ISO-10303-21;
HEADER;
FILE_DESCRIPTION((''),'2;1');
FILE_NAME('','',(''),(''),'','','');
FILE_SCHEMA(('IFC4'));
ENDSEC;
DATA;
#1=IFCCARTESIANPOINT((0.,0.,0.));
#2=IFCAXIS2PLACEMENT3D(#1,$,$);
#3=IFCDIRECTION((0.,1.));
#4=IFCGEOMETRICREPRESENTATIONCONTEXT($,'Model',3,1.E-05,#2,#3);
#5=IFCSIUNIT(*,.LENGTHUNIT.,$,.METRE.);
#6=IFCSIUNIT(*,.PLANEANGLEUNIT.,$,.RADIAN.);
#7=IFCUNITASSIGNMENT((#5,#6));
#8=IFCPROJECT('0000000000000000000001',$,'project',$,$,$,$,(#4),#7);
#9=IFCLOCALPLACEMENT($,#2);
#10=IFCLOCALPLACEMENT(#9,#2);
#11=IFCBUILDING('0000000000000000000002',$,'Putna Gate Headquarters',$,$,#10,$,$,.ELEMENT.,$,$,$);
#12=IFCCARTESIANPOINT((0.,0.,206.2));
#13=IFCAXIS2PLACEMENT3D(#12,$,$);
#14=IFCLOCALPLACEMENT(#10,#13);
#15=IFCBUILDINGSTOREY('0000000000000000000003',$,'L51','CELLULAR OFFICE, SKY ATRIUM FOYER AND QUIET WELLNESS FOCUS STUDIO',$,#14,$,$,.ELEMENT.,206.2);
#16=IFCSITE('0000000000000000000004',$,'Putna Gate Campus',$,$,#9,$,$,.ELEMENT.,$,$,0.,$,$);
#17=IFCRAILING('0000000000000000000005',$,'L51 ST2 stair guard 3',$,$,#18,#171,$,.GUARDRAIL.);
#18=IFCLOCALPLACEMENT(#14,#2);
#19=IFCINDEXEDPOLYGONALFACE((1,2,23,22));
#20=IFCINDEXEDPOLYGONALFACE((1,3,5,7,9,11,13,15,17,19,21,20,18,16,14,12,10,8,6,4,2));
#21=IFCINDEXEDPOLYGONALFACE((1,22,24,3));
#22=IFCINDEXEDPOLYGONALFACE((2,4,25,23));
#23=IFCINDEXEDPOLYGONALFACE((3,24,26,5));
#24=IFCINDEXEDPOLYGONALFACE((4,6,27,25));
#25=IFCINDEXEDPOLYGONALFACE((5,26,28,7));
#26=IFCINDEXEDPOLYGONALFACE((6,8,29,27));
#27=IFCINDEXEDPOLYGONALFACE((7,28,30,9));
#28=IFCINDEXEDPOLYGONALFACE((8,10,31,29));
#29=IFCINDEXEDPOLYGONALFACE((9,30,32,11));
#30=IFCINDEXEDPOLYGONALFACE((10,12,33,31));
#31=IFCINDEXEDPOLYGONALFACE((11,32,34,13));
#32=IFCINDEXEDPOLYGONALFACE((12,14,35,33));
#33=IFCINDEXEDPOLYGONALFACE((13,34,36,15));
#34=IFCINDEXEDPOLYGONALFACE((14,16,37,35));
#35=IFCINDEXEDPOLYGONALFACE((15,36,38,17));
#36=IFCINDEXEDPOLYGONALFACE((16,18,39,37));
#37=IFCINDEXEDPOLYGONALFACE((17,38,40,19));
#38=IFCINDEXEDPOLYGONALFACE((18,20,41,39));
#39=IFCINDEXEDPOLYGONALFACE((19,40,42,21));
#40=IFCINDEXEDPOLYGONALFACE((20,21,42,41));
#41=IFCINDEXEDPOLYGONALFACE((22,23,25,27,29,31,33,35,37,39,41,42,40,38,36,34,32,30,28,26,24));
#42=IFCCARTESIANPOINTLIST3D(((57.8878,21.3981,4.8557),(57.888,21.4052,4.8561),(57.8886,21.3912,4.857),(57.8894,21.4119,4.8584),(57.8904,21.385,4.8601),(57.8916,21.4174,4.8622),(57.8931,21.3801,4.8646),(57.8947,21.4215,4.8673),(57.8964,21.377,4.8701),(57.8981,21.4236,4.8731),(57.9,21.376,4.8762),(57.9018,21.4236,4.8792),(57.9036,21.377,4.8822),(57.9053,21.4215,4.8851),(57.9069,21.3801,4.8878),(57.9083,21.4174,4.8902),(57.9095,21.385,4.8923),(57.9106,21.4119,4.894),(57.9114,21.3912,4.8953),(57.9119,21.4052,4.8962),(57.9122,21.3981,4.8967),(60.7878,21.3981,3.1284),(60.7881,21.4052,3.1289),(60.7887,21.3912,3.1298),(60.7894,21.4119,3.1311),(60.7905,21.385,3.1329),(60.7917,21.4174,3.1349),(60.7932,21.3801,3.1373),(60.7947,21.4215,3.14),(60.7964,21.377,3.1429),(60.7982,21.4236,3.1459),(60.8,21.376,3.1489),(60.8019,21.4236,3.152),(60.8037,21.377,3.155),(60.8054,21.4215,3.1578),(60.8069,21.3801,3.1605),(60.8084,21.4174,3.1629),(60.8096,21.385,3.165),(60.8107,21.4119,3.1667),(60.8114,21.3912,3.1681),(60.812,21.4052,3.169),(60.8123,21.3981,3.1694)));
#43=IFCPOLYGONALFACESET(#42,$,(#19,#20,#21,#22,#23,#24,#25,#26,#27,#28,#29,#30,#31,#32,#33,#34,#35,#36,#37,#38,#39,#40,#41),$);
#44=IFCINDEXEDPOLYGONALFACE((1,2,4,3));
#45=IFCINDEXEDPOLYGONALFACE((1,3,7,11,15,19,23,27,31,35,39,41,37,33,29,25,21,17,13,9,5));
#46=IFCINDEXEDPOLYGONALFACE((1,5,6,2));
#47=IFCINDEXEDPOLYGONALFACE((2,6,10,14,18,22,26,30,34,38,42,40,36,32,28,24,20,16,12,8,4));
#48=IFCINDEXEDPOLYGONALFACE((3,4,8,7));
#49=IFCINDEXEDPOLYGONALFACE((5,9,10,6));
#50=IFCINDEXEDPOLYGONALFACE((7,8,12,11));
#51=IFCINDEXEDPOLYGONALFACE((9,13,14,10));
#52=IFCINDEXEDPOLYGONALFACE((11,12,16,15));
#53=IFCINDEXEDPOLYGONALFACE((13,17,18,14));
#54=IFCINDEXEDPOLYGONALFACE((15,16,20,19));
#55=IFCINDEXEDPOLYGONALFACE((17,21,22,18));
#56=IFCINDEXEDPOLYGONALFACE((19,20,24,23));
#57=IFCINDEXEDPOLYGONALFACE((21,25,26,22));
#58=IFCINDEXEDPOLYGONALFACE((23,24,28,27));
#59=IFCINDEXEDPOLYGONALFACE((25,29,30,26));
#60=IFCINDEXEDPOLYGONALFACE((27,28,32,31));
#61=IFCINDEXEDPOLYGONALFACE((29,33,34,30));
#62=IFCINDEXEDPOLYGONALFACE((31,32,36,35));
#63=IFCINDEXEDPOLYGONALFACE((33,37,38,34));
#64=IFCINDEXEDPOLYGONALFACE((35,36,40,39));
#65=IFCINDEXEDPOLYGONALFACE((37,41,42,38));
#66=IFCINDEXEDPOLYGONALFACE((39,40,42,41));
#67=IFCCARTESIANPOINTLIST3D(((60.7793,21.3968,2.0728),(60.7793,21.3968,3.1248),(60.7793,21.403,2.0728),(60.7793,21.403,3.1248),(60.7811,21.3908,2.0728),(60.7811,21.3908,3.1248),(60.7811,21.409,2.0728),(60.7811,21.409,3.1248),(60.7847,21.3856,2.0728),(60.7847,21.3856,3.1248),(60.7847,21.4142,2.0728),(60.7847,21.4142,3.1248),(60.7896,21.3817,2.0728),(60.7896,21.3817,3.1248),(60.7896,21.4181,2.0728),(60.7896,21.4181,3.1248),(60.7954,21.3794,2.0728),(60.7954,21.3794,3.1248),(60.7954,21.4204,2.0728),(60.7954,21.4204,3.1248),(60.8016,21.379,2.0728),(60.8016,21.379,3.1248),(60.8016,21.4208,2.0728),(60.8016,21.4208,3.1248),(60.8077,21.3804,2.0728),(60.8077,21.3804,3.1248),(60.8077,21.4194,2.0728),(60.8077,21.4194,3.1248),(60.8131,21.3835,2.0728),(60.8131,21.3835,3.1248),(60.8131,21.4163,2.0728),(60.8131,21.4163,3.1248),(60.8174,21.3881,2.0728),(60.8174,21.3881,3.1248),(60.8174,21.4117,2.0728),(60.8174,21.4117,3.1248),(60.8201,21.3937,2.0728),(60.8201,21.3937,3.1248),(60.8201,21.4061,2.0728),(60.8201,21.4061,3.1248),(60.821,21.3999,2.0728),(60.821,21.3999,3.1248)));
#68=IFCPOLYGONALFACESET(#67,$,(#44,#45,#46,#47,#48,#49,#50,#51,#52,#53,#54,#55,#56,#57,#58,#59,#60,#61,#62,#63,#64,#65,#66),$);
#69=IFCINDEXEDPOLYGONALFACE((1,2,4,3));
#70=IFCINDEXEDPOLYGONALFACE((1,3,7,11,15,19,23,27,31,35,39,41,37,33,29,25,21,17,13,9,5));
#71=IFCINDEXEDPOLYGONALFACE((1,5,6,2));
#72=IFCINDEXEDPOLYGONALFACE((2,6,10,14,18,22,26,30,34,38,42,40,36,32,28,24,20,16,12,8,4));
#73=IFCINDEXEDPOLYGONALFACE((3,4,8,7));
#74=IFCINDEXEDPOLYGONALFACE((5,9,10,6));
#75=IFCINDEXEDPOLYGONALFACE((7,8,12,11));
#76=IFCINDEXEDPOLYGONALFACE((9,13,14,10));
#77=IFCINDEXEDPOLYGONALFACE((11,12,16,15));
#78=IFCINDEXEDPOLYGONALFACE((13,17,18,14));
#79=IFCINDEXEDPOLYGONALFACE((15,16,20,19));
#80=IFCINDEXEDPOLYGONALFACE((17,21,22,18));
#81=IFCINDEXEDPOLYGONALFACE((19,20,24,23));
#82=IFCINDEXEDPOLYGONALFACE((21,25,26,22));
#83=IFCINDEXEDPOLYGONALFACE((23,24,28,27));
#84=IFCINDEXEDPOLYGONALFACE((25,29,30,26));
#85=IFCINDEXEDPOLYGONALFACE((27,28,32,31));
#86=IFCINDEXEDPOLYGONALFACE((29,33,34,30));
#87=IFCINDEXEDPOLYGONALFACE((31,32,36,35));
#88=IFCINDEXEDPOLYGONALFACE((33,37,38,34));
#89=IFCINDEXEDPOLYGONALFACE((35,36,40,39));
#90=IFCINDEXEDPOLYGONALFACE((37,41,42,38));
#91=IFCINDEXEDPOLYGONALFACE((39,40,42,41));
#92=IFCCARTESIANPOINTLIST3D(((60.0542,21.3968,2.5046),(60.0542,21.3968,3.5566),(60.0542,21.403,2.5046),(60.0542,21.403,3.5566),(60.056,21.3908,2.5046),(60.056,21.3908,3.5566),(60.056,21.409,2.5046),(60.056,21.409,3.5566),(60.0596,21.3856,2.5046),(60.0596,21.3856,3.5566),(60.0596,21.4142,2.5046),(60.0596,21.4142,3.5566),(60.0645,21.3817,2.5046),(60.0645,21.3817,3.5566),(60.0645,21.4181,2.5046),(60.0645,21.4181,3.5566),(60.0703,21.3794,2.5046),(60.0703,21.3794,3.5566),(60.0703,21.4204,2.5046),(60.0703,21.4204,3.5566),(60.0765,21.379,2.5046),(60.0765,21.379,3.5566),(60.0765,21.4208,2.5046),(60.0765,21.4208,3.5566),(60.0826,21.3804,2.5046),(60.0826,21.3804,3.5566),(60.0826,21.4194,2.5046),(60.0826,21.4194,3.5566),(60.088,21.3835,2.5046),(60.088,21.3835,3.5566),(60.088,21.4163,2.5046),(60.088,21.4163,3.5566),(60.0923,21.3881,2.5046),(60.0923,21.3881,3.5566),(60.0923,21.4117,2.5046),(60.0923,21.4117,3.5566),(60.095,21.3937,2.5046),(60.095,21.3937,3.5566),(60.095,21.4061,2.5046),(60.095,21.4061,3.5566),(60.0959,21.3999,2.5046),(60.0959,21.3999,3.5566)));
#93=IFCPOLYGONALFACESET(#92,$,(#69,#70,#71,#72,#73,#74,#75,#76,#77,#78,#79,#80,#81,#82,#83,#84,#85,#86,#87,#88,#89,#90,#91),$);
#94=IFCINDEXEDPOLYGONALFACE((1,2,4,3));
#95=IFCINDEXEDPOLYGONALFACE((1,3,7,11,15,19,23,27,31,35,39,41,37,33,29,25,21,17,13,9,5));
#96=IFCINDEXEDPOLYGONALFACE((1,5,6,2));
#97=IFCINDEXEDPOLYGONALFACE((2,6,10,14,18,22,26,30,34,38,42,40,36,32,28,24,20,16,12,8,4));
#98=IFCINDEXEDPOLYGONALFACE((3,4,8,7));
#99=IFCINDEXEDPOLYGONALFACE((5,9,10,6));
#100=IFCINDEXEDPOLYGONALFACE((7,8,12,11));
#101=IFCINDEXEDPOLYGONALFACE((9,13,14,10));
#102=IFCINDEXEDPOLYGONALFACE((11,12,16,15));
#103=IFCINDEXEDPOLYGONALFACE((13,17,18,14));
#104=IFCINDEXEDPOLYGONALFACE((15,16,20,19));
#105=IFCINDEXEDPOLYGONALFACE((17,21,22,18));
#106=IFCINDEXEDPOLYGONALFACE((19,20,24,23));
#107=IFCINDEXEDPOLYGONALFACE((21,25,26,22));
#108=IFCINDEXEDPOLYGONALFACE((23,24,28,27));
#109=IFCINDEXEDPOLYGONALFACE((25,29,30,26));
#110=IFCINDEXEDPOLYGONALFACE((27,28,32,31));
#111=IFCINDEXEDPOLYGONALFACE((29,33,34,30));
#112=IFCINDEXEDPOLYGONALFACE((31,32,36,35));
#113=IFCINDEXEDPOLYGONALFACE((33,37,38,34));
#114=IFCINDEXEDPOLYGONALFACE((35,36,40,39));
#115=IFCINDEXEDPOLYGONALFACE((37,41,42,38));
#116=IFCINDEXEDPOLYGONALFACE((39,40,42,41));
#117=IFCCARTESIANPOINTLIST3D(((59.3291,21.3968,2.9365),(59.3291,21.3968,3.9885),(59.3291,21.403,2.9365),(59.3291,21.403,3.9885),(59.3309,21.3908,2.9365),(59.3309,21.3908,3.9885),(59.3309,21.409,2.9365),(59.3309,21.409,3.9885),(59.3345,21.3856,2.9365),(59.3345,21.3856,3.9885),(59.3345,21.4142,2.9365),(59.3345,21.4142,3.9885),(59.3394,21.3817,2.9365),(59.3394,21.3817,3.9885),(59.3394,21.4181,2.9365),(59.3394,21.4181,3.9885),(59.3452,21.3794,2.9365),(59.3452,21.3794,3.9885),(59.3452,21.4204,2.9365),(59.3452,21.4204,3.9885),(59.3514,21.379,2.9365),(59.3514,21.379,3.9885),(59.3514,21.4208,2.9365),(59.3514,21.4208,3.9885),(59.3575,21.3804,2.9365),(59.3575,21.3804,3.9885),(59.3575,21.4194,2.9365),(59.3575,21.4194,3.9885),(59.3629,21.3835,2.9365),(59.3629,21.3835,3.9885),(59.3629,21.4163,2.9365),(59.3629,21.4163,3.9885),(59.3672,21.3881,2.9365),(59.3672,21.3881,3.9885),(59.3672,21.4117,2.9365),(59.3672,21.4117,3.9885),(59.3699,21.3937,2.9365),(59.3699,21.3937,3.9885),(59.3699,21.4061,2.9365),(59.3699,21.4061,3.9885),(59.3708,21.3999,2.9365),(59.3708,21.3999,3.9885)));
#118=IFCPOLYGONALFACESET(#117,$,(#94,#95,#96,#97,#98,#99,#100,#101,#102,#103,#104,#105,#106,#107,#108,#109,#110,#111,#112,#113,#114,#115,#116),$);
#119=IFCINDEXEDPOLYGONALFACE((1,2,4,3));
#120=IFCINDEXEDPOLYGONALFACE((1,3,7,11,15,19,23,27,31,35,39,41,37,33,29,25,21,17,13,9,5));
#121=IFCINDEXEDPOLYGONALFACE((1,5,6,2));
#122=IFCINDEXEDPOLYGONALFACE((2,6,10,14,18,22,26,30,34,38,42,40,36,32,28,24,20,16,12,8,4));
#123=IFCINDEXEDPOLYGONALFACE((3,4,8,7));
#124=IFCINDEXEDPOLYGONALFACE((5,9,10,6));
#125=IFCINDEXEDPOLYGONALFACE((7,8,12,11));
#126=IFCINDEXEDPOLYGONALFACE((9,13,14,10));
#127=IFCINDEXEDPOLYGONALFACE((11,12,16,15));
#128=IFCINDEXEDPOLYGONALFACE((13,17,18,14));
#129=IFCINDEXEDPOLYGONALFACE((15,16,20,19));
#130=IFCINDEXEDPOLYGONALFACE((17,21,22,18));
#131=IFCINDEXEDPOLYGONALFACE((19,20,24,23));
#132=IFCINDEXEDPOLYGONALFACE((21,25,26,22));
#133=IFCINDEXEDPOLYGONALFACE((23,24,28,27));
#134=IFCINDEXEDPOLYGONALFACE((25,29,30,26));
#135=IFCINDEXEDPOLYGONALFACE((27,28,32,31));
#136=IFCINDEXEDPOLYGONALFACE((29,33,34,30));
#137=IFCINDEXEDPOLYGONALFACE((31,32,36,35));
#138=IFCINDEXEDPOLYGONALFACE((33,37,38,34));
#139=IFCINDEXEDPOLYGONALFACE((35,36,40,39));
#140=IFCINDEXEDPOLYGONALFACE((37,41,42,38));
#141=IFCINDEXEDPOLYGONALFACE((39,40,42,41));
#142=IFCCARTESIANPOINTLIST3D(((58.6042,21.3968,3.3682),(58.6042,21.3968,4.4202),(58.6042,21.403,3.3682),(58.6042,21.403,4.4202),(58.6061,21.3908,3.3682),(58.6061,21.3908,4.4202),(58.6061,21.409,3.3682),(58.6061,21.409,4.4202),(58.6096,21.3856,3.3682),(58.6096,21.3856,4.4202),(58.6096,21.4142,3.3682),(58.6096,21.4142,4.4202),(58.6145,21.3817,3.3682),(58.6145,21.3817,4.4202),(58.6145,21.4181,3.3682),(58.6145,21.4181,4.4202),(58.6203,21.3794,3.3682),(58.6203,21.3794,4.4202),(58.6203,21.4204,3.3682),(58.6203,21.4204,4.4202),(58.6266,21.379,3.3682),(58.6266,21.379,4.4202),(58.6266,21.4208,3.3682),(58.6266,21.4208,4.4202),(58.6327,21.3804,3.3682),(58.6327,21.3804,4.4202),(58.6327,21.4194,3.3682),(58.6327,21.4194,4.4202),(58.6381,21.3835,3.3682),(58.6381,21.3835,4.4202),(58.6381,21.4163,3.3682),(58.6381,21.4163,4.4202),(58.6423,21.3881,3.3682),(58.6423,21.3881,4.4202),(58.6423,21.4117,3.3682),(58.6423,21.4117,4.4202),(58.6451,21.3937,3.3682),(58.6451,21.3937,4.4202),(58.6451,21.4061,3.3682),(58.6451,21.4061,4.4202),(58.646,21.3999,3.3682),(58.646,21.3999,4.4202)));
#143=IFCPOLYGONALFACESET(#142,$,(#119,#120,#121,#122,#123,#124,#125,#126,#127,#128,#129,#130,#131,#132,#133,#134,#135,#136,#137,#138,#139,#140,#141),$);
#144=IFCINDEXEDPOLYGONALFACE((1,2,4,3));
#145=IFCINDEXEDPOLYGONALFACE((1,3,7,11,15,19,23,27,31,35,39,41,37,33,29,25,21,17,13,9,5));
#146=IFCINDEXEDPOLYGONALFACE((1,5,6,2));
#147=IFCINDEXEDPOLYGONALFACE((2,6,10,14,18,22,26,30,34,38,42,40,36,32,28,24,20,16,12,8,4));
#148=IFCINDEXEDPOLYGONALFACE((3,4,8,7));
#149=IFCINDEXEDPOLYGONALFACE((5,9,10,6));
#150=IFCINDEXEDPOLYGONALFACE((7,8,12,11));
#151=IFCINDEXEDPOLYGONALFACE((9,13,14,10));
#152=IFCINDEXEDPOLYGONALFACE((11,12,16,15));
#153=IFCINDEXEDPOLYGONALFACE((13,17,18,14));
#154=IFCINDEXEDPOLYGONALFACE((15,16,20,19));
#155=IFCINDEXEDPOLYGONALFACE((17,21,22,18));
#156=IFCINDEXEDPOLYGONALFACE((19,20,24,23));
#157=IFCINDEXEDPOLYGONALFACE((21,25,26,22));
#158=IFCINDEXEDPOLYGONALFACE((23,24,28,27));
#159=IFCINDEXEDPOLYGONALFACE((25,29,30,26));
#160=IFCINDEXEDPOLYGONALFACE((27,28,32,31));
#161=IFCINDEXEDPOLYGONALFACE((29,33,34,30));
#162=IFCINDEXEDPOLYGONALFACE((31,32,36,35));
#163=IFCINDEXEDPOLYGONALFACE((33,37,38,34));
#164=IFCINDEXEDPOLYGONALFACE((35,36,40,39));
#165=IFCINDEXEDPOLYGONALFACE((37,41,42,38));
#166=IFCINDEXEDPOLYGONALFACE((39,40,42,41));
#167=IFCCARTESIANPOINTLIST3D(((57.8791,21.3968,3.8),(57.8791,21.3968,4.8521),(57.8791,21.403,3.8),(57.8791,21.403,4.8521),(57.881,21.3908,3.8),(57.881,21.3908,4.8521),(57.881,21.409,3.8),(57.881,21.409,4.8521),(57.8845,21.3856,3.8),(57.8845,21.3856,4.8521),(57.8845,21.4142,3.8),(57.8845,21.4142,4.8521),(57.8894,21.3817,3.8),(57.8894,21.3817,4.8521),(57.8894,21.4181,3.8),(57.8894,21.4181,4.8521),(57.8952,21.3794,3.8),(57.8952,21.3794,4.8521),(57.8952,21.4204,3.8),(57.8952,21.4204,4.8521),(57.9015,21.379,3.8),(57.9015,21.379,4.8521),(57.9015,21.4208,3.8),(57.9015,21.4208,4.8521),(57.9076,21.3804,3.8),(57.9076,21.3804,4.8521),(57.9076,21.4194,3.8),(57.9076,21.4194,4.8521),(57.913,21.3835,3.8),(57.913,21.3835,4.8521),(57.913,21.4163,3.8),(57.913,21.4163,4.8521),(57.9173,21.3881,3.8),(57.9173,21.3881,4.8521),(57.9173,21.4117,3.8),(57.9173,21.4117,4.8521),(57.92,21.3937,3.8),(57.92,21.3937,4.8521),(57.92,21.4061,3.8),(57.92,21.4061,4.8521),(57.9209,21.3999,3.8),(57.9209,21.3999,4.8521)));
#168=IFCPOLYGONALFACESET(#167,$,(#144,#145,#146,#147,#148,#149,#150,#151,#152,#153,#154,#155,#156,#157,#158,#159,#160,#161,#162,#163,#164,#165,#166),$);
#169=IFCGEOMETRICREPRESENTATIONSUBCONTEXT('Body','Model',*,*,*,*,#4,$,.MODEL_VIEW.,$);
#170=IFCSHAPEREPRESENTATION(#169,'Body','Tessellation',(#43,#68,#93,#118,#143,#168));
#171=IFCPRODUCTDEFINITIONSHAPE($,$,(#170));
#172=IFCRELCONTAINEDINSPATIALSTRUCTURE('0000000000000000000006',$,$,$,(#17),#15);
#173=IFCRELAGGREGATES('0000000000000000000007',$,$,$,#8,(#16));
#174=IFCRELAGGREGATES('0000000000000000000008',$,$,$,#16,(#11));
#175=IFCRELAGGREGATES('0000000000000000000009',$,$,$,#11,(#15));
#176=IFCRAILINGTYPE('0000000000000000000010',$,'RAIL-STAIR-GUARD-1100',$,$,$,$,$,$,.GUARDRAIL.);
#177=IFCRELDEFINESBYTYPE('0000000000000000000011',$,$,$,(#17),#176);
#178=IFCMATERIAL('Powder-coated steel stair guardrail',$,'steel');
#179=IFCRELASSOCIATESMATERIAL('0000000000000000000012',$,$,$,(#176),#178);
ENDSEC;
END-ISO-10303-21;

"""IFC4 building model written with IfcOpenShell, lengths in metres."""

from ifc_helpers import new_model, si_unit, direction, frame, origin, origin_2d, place, context, subcontext, project, spatial, circle, extrude, material, type_object, element, save


model = new_model("IFC4")

# Units and contexts
model_context = context("Model", 3, precision=1e-05, world=origin(), true_north=direction((0.0, 1.0)))
body_context = subcontext(model_context, "Body", "Model", "MODEL_VIEW")
ifc_project = project(units=[si_unit("LENGTHUNIT", "METRE"), si_unit("PLANEANGLEUNIT", "RADIAN")], contexts=[model_context])

# Site, building, storey
site_placement = place(None, origin())
site = spatial("IfcSite", under=ifc_project, at=site_placement, Name="Putna Gate Campus", CompositionType="ELEMENT", RefElevation=0.0)
building_placement = place(site_placement, origin())
building = spatial("IfcBuilding", under=site, at=building_placement, Name="Putna Gate Headquarters", CompositionType="ELEMENT")
storey_placement = place(building_placement, frame((0.0, 0.0, 206.2)))
storey = spatial("IfcBuildingStorey", under=building, at=storey_placement, Name="L51", Description="CELLULAR OFFICE, SKY ATRIUM FOYER AND QUIET WELLNESS FOCUS STUDIO", CompositionType="ELEMENT", Elevation=206.2)

# Railing
ifc_material_1 = material(Name="Powder-coated steel stair guardrail", Category="steel")
railing_type_1 = type_object("IfcRailingType", Name="RAIL-STAIR-GUARD-1100", PredefinedType="GUARDRAIL", material=ifc_material_1)
railing_1_placement = place(storey_placement, frame((60.8, 21.3999, 2.0728)))
element("IfcRailing", 1, at=railing_1_placement, inside=storey, type_object=railing_type_1, Name="L51 ST2 stair guard 3", PredefinedType="GUARDRAIL", context=body_context, shape_type="SweptSolid", body=[
    extrude(circle(Radius=0.0239, at=origin_2d()), frame((0.0, 0.0, 1.0762), z_axis=(-0.85916, 0.0, 0.511706), x_axis=(0.0, -1.0, 0.0)), (0.0, 0.0, 1.0), 3.3755),
    extrude(circle(Radius=0.021, at=origin_2d()), origin(), (0.0, 0.0, 1.0), 1.052),
    extrude(circle(Radius=0.021, at=origin_2d()), frame((-0.7251, 0.0, 0.4319)), (0.0, 0.0, 1.0), 1.052),
    extrude(circle(Radius=0.021, at=origin_2d()), frame((-1.4502, 0.0, 0.8638)), (0.0, 0.0, 1.0), 1.052),
    extrude(circle(Radius=0.021, at=origin_2d()), frame((-2.175, 0.0, 1.2954)), (0.0, 0.0, 1.0), 1.052),
    extrude(circle(Radius=0.021, at=origin_2d()), frame((-2.9001, 0.0, 1.7273)), (0.0, 0.0, 1.0), 1.052),
])

save(model, "model.ifc")
